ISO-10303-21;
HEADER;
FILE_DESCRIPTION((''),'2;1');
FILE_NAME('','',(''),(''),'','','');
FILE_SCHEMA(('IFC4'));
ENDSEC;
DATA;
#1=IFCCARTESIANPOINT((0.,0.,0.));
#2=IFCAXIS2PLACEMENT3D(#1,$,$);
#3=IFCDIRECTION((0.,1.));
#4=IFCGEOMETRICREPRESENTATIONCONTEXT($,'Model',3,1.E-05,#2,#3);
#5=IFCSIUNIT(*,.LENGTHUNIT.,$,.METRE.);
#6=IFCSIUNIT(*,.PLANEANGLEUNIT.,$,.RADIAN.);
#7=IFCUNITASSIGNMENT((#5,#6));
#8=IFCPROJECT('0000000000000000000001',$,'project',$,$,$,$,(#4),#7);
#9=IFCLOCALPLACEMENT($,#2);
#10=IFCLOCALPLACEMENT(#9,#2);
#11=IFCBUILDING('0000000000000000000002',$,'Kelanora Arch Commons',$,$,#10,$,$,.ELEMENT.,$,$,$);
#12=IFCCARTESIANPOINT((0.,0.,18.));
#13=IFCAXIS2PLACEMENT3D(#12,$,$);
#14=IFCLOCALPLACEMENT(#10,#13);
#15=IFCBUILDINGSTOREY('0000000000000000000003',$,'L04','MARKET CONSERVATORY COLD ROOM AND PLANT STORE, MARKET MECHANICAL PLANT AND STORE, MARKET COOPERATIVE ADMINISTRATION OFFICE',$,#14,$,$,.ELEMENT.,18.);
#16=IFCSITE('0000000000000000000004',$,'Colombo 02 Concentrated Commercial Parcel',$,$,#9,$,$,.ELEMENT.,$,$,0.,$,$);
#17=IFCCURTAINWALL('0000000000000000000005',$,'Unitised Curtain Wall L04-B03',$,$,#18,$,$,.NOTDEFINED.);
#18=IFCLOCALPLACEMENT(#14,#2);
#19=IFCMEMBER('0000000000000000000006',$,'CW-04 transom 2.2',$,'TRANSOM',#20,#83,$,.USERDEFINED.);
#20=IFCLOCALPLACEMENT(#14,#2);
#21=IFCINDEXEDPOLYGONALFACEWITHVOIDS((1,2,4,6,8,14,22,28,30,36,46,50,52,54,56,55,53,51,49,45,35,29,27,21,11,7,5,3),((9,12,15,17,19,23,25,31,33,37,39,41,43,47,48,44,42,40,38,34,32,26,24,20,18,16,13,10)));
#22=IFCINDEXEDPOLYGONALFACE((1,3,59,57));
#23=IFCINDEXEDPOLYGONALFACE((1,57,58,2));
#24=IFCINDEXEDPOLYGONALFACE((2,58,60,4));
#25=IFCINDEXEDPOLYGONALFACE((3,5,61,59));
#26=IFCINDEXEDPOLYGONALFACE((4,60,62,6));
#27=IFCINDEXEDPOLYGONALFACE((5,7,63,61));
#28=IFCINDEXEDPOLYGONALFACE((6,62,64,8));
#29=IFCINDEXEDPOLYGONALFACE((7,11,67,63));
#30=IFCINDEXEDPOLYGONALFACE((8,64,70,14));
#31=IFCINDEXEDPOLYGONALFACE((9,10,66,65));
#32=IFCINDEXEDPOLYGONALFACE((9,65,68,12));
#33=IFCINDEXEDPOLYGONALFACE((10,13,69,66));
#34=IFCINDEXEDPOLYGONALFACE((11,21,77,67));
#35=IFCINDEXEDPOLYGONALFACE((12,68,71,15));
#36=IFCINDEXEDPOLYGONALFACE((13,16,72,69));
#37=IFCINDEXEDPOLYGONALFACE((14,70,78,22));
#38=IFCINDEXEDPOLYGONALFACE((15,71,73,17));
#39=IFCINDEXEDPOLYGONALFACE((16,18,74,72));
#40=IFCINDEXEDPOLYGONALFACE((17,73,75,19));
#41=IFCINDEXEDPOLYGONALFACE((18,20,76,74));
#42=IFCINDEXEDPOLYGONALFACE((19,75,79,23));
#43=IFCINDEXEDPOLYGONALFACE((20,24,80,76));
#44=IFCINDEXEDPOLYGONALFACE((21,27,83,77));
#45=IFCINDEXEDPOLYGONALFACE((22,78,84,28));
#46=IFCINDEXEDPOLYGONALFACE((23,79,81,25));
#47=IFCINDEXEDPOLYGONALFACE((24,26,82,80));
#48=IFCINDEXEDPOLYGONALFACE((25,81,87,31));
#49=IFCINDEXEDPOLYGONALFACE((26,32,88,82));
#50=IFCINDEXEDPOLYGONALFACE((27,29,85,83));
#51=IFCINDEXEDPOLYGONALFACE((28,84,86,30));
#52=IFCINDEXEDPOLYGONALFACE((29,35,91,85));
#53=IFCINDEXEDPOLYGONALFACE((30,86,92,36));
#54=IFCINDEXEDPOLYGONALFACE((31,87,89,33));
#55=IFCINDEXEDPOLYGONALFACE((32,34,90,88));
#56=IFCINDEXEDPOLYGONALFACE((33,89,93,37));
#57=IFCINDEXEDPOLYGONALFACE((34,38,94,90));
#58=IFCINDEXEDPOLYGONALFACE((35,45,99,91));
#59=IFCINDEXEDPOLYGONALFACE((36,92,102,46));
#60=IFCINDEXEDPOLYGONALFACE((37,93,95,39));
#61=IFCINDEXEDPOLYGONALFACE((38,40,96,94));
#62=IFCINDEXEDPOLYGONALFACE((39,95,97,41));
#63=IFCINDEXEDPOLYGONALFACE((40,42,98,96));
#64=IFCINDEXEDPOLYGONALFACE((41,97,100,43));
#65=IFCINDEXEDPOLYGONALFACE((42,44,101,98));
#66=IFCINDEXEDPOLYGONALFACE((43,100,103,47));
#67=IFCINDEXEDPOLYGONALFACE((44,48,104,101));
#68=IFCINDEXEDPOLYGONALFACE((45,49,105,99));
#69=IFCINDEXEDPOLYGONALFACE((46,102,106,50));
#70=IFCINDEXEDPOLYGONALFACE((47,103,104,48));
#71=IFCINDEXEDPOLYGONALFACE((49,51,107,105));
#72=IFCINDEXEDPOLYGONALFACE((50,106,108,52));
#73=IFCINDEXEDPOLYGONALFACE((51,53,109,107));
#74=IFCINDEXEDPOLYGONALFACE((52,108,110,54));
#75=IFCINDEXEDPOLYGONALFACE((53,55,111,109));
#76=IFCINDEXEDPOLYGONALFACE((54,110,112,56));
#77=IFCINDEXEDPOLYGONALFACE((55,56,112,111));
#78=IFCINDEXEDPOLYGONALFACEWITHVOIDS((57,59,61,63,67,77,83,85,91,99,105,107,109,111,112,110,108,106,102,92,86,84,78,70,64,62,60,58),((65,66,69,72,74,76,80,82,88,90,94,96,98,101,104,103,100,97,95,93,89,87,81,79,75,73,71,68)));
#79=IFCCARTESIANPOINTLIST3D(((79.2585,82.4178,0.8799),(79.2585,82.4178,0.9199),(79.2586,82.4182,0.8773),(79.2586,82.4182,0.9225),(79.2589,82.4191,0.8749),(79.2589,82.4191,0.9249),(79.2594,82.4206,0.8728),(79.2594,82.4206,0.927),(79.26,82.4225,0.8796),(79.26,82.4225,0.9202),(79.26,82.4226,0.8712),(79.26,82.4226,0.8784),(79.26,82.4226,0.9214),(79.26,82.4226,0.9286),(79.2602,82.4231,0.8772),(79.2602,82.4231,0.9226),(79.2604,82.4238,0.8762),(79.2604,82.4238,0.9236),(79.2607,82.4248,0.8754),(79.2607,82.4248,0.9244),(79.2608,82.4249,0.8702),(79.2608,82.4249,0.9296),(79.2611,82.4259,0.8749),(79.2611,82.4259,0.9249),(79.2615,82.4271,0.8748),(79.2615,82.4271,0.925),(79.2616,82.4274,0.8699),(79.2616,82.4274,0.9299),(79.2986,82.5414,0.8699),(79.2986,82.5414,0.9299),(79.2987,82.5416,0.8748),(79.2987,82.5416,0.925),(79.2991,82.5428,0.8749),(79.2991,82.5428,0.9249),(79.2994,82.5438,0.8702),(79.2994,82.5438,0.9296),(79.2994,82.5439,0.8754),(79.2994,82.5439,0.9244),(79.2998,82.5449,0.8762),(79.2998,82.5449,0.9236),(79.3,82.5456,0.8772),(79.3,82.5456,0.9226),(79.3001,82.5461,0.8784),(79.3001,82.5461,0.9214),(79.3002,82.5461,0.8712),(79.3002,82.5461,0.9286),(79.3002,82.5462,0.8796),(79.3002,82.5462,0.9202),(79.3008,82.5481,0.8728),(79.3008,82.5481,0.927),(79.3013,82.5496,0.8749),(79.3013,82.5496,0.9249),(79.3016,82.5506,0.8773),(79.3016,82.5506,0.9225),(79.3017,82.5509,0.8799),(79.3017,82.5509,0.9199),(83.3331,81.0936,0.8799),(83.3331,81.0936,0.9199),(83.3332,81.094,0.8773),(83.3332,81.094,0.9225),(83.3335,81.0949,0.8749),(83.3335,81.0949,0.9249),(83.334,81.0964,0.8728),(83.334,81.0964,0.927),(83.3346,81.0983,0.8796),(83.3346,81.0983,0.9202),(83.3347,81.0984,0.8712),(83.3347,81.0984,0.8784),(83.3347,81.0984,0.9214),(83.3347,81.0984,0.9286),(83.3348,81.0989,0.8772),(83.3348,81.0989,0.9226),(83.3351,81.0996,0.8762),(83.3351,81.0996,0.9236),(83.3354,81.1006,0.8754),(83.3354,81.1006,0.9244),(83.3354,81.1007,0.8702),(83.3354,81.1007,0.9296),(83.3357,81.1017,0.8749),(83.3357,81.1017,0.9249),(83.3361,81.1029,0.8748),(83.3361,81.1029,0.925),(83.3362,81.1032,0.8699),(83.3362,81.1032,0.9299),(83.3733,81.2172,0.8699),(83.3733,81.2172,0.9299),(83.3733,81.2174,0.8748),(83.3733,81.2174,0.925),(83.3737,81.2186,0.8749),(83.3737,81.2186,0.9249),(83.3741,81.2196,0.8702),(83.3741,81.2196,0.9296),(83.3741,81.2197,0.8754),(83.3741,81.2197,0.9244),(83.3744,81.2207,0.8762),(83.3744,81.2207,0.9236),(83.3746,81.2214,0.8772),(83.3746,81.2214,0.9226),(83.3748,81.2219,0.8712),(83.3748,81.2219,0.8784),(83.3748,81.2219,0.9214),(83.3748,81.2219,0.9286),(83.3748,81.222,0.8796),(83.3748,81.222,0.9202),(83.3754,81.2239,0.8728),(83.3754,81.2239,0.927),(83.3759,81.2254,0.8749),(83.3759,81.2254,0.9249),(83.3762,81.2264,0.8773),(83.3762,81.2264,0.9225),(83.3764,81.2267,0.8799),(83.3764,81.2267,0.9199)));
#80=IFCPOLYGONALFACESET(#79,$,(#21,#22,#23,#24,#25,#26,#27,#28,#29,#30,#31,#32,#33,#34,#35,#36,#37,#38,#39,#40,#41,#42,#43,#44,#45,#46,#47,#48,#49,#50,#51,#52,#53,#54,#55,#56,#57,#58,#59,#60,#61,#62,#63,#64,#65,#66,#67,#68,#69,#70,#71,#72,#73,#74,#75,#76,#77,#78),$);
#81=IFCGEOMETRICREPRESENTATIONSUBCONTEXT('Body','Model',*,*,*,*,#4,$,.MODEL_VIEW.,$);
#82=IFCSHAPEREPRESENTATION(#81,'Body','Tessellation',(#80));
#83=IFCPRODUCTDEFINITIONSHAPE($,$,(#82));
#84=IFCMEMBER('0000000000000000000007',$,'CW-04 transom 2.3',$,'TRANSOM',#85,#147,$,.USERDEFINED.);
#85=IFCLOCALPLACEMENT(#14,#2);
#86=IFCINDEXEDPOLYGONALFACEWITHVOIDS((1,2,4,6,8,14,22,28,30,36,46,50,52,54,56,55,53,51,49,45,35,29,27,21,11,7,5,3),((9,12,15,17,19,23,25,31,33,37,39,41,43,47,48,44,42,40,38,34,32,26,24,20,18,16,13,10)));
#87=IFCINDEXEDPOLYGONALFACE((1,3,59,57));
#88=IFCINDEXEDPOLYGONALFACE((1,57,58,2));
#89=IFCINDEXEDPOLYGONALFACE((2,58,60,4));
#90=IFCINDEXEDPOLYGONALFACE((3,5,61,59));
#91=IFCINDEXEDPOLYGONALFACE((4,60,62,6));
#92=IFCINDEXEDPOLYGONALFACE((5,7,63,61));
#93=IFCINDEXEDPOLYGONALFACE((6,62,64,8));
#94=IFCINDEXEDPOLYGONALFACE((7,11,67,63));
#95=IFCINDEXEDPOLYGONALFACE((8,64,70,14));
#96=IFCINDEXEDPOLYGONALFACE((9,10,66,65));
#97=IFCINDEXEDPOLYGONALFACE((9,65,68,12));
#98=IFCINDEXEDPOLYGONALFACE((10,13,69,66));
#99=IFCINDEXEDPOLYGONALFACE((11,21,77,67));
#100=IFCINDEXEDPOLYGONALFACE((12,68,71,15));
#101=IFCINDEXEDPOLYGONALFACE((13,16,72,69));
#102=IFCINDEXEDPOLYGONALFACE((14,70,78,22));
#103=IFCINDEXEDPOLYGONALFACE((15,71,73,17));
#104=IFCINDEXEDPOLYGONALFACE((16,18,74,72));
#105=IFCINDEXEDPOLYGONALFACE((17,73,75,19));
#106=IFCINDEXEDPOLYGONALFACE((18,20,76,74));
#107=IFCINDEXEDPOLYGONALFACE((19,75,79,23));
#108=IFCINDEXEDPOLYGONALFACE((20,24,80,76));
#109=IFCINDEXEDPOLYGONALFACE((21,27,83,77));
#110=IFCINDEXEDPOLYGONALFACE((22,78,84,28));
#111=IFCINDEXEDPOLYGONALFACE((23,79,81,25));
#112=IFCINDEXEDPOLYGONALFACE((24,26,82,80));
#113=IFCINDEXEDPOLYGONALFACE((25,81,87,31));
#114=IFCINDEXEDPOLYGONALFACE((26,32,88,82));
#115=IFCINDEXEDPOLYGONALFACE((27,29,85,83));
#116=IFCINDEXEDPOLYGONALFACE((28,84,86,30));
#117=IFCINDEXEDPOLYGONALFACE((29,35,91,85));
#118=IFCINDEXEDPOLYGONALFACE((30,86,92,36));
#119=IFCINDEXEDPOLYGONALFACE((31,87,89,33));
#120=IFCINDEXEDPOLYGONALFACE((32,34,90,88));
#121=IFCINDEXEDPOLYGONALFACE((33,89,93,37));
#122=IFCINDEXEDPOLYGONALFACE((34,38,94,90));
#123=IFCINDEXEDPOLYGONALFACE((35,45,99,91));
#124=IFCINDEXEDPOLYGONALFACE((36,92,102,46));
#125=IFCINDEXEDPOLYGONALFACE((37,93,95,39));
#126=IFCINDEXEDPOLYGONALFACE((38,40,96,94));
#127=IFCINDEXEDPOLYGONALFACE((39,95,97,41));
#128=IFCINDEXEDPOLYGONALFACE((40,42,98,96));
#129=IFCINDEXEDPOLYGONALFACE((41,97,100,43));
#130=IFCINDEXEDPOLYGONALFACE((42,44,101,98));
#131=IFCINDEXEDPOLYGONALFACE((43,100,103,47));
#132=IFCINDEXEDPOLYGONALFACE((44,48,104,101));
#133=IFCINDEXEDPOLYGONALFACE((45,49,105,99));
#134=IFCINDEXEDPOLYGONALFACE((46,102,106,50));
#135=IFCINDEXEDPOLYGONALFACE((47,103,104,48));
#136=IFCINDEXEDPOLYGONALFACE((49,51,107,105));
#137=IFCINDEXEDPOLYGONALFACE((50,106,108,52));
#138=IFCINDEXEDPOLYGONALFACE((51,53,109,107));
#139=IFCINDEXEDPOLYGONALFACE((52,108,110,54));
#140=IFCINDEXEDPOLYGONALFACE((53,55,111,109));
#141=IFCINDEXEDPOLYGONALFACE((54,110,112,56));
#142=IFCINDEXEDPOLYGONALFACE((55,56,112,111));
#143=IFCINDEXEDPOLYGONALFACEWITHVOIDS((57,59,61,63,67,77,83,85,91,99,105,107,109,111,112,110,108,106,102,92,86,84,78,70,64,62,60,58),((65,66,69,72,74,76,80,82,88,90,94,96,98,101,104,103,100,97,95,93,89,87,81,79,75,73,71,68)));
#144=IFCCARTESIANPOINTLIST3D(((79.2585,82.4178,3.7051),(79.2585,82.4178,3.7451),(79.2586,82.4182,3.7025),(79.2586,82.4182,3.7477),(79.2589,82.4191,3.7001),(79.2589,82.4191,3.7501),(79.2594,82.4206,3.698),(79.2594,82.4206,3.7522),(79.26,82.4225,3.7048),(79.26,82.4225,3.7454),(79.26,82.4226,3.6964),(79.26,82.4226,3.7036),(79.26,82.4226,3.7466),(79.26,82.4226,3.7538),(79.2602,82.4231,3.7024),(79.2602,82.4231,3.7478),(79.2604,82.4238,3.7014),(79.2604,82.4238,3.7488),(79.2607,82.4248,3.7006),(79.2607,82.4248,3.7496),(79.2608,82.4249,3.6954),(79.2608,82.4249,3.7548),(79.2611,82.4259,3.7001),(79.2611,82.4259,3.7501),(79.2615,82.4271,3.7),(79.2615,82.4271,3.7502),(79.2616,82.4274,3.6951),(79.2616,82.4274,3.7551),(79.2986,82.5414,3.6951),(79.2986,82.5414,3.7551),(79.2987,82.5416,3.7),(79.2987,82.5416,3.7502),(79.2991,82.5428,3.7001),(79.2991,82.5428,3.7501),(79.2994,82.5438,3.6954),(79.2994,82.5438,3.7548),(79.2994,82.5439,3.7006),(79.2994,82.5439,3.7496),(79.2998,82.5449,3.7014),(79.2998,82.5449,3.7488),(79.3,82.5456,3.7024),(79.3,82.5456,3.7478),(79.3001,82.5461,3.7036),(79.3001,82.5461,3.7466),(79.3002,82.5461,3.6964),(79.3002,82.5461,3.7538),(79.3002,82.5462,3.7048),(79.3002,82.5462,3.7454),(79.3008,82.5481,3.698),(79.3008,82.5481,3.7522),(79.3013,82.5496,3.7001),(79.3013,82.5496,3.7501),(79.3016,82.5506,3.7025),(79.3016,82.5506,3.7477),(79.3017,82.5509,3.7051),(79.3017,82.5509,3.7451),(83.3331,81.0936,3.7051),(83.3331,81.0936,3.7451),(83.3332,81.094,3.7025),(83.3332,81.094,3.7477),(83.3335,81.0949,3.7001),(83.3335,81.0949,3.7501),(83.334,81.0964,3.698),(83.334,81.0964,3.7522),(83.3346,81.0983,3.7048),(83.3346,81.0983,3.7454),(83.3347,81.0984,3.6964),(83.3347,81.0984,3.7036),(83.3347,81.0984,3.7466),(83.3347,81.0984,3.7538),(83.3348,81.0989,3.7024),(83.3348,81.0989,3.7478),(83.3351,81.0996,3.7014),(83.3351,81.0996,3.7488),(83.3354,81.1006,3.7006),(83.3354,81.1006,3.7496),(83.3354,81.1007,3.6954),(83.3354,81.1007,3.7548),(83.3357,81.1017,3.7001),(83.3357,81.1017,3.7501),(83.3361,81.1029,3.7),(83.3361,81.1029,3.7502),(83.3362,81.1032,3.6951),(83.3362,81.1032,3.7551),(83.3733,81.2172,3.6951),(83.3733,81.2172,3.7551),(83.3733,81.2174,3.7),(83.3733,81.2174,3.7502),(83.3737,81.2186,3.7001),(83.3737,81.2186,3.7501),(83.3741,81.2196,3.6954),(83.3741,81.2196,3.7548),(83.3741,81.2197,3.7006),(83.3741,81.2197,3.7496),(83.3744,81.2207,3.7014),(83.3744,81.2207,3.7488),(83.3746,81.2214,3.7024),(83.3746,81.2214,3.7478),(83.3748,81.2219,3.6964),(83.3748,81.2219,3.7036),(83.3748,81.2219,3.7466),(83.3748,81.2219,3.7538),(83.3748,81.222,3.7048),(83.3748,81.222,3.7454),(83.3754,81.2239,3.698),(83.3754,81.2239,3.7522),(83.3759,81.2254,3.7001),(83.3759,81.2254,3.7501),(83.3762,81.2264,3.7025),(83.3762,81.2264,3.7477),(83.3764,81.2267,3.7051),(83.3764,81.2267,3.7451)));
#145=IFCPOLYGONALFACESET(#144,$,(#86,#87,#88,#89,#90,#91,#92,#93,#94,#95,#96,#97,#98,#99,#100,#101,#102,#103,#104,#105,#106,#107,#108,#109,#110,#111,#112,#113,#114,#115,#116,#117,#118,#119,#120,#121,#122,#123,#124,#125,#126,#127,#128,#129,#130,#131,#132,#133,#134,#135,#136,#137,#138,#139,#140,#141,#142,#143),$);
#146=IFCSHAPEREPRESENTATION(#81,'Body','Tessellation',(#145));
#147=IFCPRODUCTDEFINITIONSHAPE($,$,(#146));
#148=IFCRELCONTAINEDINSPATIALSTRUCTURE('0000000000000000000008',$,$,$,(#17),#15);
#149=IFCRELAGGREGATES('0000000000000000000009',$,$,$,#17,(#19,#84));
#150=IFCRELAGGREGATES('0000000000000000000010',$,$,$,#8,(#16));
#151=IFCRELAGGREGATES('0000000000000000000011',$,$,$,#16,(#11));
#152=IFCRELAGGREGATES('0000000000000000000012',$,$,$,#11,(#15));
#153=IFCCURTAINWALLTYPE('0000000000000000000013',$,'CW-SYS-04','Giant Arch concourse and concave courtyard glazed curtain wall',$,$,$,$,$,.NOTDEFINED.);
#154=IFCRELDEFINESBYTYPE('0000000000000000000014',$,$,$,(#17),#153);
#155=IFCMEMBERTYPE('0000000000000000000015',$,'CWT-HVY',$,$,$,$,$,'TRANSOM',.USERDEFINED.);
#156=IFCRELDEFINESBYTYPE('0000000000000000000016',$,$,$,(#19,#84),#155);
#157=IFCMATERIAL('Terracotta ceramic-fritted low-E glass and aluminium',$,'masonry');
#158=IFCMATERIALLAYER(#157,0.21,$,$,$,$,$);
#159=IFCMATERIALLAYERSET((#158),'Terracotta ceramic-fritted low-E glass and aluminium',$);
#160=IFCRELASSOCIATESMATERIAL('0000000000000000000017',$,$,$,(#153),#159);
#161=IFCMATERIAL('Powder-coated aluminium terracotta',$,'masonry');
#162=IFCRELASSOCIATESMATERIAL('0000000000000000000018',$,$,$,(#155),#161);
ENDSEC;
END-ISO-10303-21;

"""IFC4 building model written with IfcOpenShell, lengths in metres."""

from ifc_helpers import new_model, si_unit, direction, frame, origin, origin_2d, place, context, subcontext, project, spatial, hollow_rectangle, extrude, material, layer, layer_set, material_profile, profile_set, type_object, element, aggregate, save


model = new_model("IFC4")

# Units and contexts
model_context = context("Model", 3, precision=1e-05, world=origin(), true_north=direction((0.0, 1.0)))
body_context = subcontext(model_context, "Body", "Model", "MODEL_VIEW")
ifc_project = project(units=[si_unit("LENGTHUNIT", "METRE"), si_unit("PLANEANGLEUNIT", "RADIAN")], contexts=[model_context])

# Site, building, storey
site_placement = place(None, origin())
site = spatial("IfcSite", under=ifc_project, at=site_placement, Name="Colombo 02 Concentrated Commercial Parcel", CompositionType="ELEMENT", RefElevation=0.0)
building_placement = place(site_placement, origin())
building = spatial("IfcBuilding", under=site, at=building_placement, Name="Kelanora Arch Commons", CompositionType="ELEMENT")
storey_placement = place(building_placement, frame((0.0, 0.0, 18.0)))
storey = spatial("IfcBuildingStorey", under=building, at=storey_placement, Name="L04", Description="MARKET CONSERVATORY COLD ROOM AND PLANT STORE, MARKET MECHANICAL PLANT AND STORE, MARKET COOPERATIVE ADMINISTRATION OFFICE", CompositionType="ELEMENT", Elevation=18.0)

# Curtain wall, members
ifc_material_1 = material(Name="Terracotta ceramic-fritted low-E glass and aluminium", Category="masonry")
ifc_layer_1 = layer(ifc_material_1, 0.21)
ifc_layer_set_1 = layer_set([ifc_layer_1], Name="Terracotta ceramic-fritted low-E glass and aluminium")
curtain_wall_type = type_object("IfcCurtainWallType", Name="CW-SYS-04", Description="Giant Arch concourse and concave courtyard glazed curtain wall", PredefinedType="NOTDEFINED", material=ifc_layer_set_1)
curtain_wall_placement = place(storey_placement, origin())
curtain_wall = element("IfcCurtainWall", 1, at=curtain_wall_placement, inside=storey, type_object=curtain_wall_type, Name="Unitised Curtain Wall L04-B03", PredefinedType="NOTDEFINED")
ifc_material_2 = material(Name="Powder-coated aluminium terracotta", Category="masonry")
ifc_material_profile_1 = material_profile(ifc_material_2, hollow_rectangle(XDim=0.1399, YDim=0.0601, WallThickness=0.0049, InnerFilletRadius=0.0049, OuterFilletRadius=0.01, at=origin_2d()), Name="CWT140x60")
ifc_profile_set_1 = profile_set([ifc_material_profile_1], Name="Powder-coated aluminium terracotta")
member_type_1 = type_object("IfcMemberType", Name="CWT-HVY", ElementType="TRANSOM", PredefinedType="USERDEFINED", material=ifc_profile_set_1)
member_1_placement = place(storey_placement, frame((83.3547, 81.1602, 0.8999), z_axis=(-0.951038, 0.309073, 0.0), x_axis=(-0.309073, -0.951038, 0.0)))
member_1 = element("IfcMember", 2, at=member_1_placement, type_object=member_type_1, Name="CW-04 transom 2.2", ObjectType="TRANSOM", PredefinedType="USERDEFINED", context=body_context, shape_type="SweptSolid", body=[
    extrude(hollow_rectangle(XDim=0.1399, YDim=0.0601, WallThickness=0.0049, InnerFilletRadius=0.0049, OuterFilletRadius=0.01, at=origin_2d()), origin(), (0.0, 0.0, 1.0), 4.2844),
])
member_2_placement = place(storey_placement, frame((83.3547, 81.1602, 3.7251), z_axis=(-0.951038, 0.309073, 0.0), x_axis=(-0.309073, -0.951038, 0.0)))
member_2 = element("IfcMember", 3, at=member_2_placement, type_object=member_type_1, Name="CW-04 transom 2.3", ObjectType="TRANSOM", PredefinedType="USERDEFINED", context=body_context, shape_type="SweptSolid", body=[
    extrude(hollow_rectangle(XDim=0.1399, YDim=0.0601, WallThickness=0.0049, InnerFilletRadius=0.0049, OuterFilletRadius=0.01, at=origin_2d()), origin(), (0.0, 0.0, 1.0), 4.2844),
])
aggregate(curtain_wall, [member_1, member_2])

save(model, "model.ifc")
